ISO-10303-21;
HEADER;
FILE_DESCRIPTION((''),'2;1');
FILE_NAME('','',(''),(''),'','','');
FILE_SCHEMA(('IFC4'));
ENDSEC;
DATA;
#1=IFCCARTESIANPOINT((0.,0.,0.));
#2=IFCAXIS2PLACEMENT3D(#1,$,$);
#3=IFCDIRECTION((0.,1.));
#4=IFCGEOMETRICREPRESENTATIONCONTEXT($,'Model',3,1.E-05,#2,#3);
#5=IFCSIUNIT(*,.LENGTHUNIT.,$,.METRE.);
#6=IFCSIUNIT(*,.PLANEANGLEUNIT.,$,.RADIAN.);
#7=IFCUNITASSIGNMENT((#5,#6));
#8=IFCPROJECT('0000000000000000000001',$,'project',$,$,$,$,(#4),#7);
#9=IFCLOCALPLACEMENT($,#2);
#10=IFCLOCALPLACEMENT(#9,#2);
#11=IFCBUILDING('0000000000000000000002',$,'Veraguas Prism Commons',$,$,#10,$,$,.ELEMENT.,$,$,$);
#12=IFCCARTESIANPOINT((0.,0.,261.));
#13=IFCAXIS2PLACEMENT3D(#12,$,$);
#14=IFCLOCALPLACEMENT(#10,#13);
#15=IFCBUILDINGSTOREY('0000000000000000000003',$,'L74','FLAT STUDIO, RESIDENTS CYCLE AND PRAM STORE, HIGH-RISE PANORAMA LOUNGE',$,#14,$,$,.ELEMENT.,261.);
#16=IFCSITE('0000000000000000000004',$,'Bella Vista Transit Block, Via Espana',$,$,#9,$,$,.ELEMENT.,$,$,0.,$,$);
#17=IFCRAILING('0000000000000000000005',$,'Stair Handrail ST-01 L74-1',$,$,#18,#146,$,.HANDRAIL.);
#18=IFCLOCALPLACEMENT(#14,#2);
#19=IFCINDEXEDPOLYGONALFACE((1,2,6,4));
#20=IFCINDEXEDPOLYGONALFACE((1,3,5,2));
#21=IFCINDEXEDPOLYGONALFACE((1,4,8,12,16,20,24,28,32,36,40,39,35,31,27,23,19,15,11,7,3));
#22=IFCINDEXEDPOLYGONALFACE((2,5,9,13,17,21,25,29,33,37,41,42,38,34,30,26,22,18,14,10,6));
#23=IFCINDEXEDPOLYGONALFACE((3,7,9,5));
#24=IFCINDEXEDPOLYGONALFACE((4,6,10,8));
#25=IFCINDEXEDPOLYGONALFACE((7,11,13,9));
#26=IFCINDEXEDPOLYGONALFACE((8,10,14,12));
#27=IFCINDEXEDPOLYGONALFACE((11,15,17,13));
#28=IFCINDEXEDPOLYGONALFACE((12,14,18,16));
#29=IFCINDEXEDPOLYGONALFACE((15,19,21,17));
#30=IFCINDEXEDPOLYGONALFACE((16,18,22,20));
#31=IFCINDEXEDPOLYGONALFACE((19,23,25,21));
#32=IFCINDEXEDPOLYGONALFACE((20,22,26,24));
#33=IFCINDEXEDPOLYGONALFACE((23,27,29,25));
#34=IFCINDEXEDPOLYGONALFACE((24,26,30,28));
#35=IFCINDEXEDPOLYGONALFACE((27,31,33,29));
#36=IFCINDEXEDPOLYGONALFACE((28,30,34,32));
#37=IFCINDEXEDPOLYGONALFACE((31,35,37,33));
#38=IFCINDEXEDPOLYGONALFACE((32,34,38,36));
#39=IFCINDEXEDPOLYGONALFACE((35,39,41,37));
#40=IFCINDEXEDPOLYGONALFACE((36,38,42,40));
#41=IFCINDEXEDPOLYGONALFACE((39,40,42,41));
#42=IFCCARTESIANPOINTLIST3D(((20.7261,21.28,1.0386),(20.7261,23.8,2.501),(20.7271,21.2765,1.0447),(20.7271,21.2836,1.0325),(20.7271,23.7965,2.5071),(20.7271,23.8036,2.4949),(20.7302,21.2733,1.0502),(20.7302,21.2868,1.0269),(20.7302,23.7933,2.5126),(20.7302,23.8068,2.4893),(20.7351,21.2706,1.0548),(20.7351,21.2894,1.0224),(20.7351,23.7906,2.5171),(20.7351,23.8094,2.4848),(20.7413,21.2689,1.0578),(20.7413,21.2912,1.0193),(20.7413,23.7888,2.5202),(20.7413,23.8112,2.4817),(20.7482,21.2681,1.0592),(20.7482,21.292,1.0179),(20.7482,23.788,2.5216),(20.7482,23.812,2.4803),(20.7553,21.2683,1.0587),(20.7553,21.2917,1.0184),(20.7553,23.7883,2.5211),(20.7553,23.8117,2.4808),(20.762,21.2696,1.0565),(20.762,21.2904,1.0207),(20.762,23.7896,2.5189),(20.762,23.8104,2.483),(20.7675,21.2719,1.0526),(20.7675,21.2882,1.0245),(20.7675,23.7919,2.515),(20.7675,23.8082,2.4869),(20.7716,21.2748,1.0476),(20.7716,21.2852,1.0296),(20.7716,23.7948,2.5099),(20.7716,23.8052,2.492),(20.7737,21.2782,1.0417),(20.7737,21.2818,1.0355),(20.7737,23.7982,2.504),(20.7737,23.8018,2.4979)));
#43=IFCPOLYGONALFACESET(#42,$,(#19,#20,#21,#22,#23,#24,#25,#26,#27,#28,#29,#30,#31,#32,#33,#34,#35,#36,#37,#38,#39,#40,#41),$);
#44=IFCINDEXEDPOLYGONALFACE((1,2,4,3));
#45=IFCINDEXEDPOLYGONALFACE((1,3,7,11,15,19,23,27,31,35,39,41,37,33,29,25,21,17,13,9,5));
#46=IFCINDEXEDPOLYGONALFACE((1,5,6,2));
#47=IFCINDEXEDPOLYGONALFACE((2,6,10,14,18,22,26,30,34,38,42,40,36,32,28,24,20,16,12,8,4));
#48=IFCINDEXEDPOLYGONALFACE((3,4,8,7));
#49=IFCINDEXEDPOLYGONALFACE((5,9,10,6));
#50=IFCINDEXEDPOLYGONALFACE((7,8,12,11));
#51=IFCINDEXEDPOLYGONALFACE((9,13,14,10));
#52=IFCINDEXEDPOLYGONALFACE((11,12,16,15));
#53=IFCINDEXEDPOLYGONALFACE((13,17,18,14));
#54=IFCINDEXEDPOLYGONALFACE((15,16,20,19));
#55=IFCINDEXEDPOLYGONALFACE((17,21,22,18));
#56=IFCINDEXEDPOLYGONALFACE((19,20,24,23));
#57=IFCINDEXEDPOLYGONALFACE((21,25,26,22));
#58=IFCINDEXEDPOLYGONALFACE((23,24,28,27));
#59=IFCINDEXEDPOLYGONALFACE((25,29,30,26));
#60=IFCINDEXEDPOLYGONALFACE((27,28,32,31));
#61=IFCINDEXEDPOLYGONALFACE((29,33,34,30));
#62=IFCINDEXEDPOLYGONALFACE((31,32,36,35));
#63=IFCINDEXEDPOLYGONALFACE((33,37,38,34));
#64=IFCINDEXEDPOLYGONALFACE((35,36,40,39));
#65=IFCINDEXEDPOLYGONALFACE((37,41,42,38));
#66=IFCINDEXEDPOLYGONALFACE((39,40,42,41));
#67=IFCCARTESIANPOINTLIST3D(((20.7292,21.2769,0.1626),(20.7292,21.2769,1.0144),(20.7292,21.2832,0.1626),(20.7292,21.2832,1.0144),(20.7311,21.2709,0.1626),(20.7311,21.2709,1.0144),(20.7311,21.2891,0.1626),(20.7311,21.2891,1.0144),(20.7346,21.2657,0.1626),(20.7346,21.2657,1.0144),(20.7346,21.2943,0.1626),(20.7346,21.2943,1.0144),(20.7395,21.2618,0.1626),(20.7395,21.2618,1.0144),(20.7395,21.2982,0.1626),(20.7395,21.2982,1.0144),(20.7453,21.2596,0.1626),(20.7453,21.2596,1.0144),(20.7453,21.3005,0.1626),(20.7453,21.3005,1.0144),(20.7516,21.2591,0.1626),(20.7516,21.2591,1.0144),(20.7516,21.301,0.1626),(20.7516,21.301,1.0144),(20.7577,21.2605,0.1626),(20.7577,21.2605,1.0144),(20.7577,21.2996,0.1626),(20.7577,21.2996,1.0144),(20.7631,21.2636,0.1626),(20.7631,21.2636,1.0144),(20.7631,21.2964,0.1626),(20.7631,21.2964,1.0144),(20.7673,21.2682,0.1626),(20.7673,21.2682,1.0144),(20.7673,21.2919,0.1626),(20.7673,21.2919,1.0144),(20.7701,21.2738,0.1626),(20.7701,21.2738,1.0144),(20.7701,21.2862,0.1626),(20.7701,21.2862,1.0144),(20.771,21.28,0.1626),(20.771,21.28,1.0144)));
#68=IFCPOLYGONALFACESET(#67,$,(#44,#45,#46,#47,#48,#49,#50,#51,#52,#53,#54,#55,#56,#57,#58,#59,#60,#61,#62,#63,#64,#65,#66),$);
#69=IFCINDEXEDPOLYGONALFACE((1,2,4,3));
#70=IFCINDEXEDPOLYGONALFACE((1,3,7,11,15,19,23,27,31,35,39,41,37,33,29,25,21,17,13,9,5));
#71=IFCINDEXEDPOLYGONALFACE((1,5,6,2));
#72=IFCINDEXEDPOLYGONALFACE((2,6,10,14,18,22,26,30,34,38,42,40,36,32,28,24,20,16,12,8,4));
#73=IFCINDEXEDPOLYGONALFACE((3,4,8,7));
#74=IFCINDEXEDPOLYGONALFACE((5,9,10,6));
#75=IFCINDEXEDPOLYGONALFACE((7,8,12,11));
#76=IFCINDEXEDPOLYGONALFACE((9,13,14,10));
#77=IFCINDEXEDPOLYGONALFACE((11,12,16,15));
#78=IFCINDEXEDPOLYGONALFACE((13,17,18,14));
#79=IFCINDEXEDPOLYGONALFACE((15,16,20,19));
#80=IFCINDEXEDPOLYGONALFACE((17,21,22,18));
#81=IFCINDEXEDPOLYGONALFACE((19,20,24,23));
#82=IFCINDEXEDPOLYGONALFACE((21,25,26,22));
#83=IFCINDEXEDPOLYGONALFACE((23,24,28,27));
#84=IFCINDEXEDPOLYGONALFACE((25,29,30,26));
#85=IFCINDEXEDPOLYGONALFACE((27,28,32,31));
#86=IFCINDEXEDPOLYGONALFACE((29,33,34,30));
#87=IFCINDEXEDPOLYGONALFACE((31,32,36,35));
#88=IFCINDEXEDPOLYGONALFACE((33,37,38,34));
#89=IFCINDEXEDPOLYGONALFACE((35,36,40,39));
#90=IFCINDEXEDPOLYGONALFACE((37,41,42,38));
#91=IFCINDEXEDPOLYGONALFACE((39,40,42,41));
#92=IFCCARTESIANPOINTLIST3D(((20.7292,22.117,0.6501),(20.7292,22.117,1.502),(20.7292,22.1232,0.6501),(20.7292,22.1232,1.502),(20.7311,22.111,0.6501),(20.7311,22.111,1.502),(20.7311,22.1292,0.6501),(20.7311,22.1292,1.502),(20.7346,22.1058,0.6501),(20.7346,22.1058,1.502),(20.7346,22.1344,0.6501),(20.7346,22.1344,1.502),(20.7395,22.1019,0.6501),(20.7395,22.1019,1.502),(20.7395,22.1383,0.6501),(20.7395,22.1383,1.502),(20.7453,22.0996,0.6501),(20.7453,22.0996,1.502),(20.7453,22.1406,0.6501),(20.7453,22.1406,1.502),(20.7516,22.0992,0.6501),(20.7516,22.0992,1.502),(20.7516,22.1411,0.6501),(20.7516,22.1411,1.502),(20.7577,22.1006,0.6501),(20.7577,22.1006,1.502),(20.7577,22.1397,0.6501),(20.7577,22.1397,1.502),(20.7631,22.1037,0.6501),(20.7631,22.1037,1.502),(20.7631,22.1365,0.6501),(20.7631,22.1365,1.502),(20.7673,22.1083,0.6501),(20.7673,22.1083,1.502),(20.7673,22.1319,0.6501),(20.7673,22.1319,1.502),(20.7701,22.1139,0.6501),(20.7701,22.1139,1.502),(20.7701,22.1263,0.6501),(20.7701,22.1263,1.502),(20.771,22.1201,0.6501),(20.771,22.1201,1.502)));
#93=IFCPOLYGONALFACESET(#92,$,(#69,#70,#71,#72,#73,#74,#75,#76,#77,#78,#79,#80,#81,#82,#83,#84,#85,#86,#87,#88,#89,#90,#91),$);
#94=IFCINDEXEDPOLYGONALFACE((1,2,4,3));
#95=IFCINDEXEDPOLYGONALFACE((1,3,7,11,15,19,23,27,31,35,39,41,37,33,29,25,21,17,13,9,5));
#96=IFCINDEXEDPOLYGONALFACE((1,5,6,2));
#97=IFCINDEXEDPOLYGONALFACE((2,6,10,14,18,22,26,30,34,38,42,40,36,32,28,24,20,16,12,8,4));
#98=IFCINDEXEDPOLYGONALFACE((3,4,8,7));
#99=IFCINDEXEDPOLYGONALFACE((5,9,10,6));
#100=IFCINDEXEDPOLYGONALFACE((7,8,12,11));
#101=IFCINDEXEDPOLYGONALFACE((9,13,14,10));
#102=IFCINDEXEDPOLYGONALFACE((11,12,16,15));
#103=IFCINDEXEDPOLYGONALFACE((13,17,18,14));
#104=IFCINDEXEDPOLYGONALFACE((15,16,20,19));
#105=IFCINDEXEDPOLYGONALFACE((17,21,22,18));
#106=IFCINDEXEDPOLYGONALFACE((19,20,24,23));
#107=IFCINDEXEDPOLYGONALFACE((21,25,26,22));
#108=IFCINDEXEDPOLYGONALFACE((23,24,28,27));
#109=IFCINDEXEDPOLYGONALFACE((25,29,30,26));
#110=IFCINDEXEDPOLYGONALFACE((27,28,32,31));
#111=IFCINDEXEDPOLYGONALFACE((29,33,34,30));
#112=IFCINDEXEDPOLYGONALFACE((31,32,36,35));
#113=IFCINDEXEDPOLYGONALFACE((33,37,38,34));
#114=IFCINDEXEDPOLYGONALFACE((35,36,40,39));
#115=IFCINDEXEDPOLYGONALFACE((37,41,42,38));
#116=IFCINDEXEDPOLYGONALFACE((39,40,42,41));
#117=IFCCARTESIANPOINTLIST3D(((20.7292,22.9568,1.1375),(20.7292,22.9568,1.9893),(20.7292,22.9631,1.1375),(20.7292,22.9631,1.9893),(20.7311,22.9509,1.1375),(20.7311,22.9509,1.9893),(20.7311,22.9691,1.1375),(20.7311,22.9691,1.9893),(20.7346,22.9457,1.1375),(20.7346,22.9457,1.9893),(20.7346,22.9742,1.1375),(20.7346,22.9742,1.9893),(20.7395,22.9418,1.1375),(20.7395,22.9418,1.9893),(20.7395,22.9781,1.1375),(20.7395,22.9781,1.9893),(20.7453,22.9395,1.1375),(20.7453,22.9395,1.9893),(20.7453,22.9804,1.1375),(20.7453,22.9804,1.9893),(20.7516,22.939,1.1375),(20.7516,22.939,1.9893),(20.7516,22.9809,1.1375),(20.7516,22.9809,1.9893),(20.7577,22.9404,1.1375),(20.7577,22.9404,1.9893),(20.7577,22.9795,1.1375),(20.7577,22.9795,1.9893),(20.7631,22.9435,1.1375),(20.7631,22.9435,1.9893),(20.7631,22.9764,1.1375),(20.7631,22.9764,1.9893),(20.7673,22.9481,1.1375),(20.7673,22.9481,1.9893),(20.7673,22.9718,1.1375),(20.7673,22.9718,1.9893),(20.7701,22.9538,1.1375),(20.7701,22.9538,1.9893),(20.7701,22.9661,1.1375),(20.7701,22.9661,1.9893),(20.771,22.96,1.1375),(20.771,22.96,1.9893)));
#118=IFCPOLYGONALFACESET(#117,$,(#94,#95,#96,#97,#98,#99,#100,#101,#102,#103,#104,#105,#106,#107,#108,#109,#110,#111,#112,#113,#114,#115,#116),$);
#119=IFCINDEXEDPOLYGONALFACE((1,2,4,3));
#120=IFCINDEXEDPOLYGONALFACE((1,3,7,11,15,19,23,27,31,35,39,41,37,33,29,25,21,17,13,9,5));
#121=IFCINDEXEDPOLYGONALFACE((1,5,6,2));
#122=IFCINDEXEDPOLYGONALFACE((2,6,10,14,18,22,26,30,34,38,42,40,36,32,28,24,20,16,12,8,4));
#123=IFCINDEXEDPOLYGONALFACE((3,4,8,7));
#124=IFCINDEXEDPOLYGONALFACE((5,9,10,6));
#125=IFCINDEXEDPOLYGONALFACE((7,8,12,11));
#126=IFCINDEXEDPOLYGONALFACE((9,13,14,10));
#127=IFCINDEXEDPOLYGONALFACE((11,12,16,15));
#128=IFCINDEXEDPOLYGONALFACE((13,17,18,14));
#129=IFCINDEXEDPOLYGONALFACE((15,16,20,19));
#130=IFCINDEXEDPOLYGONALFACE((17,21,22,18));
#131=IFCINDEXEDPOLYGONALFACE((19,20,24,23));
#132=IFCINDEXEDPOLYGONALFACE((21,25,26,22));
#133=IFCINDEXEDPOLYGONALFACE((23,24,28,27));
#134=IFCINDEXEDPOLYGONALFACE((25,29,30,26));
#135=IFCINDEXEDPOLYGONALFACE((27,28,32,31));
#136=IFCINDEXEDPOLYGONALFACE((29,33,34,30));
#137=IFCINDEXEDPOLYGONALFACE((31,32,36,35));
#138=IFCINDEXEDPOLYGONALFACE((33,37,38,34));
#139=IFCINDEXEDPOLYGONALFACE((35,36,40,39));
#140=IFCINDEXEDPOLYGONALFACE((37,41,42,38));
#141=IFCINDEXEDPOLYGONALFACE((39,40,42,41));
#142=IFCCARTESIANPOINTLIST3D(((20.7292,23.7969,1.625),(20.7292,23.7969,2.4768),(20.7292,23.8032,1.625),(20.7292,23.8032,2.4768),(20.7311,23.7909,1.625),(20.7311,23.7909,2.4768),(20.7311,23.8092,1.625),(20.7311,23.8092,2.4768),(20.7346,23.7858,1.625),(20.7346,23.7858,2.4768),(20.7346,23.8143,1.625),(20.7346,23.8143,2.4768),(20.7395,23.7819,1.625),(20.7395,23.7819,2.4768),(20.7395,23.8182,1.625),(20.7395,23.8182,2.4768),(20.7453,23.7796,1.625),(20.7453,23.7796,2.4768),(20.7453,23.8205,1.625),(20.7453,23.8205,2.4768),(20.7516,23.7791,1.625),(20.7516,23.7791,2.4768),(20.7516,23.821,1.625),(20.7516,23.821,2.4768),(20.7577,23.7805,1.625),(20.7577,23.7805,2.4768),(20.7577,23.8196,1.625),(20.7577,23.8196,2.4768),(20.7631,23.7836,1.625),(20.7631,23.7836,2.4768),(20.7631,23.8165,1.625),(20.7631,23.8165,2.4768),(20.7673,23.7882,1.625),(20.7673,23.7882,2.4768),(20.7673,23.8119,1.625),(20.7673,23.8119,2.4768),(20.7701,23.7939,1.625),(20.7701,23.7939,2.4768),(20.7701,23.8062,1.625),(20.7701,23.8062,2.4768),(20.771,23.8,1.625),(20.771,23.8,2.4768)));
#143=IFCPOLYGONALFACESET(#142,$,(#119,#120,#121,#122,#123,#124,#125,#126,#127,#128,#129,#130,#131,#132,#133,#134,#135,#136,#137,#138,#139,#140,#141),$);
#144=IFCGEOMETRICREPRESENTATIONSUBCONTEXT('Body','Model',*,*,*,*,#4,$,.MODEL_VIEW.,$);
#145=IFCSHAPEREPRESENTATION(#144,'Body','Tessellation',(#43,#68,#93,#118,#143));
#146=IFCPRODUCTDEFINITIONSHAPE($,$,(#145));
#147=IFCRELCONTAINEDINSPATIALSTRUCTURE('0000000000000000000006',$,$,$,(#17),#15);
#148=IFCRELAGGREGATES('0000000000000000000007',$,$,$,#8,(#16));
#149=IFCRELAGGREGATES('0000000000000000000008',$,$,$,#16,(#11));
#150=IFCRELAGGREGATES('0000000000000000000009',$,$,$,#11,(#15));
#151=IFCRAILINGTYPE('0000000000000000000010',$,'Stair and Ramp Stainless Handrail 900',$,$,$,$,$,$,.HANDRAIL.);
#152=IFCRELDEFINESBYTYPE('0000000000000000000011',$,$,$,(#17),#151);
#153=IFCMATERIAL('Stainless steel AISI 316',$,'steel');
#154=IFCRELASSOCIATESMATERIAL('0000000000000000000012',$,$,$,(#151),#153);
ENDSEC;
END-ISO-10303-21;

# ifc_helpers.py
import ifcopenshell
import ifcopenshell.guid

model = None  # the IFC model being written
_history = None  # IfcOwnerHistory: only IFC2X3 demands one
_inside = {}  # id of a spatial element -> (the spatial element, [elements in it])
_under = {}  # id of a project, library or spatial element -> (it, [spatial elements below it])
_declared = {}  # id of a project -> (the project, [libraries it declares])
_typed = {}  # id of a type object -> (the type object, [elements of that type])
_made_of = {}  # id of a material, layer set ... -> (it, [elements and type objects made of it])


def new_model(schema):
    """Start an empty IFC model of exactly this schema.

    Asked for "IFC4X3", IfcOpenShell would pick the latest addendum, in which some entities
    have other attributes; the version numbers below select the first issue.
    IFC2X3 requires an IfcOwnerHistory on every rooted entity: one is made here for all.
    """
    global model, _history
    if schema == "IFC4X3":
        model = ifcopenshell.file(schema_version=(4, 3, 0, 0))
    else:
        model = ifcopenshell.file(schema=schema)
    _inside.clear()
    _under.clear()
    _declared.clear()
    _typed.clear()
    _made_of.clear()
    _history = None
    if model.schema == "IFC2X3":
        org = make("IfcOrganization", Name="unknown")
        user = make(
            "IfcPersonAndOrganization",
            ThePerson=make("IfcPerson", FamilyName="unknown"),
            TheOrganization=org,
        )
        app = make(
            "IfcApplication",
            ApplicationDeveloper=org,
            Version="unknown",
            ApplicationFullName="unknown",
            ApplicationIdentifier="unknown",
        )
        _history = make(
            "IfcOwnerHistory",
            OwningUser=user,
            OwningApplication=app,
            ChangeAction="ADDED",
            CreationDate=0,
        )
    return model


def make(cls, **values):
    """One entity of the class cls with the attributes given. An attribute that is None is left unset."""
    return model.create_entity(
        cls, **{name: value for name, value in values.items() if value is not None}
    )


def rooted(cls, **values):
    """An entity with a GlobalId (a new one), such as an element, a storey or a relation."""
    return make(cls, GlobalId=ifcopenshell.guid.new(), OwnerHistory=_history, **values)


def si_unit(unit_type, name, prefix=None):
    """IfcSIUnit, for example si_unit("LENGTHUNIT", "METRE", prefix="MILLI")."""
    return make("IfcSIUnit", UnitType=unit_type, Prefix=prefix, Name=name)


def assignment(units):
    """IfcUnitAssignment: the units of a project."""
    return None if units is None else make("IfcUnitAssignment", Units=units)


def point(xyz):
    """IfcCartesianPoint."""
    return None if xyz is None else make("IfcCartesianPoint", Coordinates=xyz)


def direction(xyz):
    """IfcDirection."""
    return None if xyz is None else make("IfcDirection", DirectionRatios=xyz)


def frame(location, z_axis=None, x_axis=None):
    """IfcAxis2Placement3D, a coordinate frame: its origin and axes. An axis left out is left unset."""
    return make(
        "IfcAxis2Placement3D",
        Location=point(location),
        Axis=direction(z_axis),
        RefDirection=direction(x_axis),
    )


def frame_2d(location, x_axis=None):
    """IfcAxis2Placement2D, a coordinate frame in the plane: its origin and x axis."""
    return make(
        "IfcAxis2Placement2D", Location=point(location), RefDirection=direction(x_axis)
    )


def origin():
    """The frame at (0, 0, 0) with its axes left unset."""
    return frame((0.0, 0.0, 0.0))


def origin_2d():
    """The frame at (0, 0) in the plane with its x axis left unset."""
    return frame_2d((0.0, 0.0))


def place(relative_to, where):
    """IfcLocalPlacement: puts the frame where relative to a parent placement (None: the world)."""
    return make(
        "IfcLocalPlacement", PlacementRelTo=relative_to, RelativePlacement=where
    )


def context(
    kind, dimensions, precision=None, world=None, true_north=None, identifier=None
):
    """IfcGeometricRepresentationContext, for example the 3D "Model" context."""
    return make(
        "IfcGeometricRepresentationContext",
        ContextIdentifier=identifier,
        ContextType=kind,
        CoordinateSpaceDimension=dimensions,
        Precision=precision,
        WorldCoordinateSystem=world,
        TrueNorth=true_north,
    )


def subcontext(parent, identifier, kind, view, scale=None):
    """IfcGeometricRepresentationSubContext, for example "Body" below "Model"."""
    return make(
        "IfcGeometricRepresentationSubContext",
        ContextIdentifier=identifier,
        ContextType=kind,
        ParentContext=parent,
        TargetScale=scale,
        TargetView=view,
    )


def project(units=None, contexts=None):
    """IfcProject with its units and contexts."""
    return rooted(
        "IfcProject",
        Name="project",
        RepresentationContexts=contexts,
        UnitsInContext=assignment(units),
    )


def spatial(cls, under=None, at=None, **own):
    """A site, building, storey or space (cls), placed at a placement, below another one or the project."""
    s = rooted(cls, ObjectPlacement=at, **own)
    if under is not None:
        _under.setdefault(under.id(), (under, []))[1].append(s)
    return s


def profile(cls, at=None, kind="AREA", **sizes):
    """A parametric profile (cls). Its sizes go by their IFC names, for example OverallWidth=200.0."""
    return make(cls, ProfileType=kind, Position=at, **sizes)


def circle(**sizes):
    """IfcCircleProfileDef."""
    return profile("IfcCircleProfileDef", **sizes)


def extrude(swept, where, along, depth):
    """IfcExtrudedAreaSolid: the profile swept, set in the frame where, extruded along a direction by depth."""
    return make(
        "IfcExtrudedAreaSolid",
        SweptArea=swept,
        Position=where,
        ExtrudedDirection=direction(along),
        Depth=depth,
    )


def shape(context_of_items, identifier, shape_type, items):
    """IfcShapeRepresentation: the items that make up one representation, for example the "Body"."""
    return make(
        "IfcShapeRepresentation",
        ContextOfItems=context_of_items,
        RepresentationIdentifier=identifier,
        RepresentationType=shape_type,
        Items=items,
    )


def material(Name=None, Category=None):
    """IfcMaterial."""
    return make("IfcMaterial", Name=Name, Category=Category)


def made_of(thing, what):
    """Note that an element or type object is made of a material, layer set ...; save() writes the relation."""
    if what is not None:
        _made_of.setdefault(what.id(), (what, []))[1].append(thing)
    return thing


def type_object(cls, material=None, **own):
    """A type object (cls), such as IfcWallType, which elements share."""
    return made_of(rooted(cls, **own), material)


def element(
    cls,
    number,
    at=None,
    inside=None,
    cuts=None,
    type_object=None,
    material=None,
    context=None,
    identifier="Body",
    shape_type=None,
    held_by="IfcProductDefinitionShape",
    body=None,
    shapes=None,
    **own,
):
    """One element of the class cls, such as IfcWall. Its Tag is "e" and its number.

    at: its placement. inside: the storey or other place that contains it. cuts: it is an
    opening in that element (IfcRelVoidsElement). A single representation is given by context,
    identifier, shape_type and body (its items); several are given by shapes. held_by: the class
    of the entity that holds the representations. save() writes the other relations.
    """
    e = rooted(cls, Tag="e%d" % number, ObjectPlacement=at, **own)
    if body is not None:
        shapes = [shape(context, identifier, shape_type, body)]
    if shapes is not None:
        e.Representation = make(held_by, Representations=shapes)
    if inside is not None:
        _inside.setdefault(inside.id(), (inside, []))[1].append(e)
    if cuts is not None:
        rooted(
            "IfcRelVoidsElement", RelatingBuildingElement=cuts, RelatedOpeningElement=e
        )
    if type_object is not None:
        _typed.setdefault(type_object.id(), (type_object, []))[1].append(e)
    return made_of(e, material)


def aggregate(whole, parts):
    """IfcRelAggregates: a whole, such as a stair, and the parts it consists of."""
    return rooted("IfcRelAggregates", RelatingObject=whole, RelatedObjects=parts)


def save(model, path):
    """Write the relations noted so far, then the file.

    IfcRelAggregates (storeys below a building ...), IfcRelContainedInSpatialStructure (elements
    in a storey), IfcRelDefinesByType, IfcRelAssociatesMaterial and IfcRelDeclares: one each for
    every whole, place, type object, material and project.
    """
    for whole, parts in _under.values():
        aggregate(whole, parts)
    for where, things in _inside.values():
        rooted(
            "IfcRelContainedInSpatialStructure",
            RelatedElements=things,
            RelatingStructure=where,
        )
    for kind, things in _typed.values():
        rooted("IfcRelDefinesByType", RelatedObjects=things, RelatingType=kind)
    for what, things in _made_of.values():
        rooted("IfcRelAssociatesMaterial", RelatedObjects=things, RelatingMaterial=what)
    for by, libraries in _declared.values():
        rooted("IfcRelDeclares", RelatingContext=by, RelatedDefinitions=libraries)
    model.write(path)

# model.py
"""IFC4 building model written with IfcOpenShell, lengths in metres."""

from ifc_helpers import new_model, si_unit, direction, frame, origin, origin_2d, place, context, subcontext, project, spatial, circle, extrude, material, type_object, element, save


model = new_model("IFC4")

# Units and contexts
model_context = context("Model", 3, precision=1e-05, world=origin(), true_north=direction((0.0, 1.0)))
body_context = subcontext(model_context, "Body", "Model", "MODEL_VIEW")
ifc_project = project(units=[si_unit("LENGTHUNIT", "METRE"), si_unit("PLANEANGLEUNIT", "RADIAN")], contexts=[model_context])

# Site, building, storey
site_placement = place(None, origin())
site = spatial("IfcSite", under=ifc_project, at=site_placement, Name="Bella Vista Transit Block, Via Espana", CompositionType="ELEMENT", RefElevation=0.0)
building_placement = place(site_placement, origin())
building = spatial("IfcBuilding", under=site, at=building_placement, Name="Veraguas Prism Commons", CompositionType="ELEMENT")
storey_placement = place(building_placement, frame((0.0, 0.0, 261.0)))
storey = spatial("IfcBuildingStorey", under=building, at=storey_placement, Name="L74", Description="FLAT STUDIO, RESIDENTS CYCLE AND PRAM STORE, HIGH-RISE PANORAMA LOUNGE", CompositionType="ELEMENT", Elevation=261.0)

# Railing
ifc_material_1 = material(Name="Stainless steel AISI 316", Category="steel")
railing_type_1 = type_object("IfcRailingType", Name="Stair and Ramp Stainless Handrail 900", PredefinedType="HANDRAIL", material=ifc_material_1)
railing_1_placement = place(storey_placement, frame((20.75, 21.28, 0.1626)))
element("IfcRailing", 1, at=railing_1_placement, inside=storey, type_object=railing_type_1, Name="Stair Handrail ST-01 L74-1", PredefinedType="HANDRAIL", context=body_context, shape_type="SweptSolid", body=[
    extrude(circle(Radius=0.0239, at=origin_2d()), frame((0.0, 0.0, 0.876), z_axis=(0.0, 0.864913, 0.501921), x_axis=(-1.0, 0.0, 0.0)), (0.0, 0.0, 1.0), 2.9136),
    extrude(circle(Radius=0.021, at=origin_2d()), origin(), (0.0, 0.0, 1.0), 0.8518),
    extrude(circle(Radius=0.021, at=origin_2d()), frame((0.0, 0.8401, 0.4875)), (0.0, 0.0, 1.0), 0.8518),
    extrude(circle(Radius=0.021, at=origin_2d()), frame((0.0, 1.6799, 0.9749)), (0.0, 0.0, 1.0), 0.8518),
    extrude(circle(Radius=0.021, at=origin_2d()), frame((0.0, 2.52, 1.4624)), (0.0, 0.0, 1.0), 0.8518),
])

save(model, "model.ifc")
